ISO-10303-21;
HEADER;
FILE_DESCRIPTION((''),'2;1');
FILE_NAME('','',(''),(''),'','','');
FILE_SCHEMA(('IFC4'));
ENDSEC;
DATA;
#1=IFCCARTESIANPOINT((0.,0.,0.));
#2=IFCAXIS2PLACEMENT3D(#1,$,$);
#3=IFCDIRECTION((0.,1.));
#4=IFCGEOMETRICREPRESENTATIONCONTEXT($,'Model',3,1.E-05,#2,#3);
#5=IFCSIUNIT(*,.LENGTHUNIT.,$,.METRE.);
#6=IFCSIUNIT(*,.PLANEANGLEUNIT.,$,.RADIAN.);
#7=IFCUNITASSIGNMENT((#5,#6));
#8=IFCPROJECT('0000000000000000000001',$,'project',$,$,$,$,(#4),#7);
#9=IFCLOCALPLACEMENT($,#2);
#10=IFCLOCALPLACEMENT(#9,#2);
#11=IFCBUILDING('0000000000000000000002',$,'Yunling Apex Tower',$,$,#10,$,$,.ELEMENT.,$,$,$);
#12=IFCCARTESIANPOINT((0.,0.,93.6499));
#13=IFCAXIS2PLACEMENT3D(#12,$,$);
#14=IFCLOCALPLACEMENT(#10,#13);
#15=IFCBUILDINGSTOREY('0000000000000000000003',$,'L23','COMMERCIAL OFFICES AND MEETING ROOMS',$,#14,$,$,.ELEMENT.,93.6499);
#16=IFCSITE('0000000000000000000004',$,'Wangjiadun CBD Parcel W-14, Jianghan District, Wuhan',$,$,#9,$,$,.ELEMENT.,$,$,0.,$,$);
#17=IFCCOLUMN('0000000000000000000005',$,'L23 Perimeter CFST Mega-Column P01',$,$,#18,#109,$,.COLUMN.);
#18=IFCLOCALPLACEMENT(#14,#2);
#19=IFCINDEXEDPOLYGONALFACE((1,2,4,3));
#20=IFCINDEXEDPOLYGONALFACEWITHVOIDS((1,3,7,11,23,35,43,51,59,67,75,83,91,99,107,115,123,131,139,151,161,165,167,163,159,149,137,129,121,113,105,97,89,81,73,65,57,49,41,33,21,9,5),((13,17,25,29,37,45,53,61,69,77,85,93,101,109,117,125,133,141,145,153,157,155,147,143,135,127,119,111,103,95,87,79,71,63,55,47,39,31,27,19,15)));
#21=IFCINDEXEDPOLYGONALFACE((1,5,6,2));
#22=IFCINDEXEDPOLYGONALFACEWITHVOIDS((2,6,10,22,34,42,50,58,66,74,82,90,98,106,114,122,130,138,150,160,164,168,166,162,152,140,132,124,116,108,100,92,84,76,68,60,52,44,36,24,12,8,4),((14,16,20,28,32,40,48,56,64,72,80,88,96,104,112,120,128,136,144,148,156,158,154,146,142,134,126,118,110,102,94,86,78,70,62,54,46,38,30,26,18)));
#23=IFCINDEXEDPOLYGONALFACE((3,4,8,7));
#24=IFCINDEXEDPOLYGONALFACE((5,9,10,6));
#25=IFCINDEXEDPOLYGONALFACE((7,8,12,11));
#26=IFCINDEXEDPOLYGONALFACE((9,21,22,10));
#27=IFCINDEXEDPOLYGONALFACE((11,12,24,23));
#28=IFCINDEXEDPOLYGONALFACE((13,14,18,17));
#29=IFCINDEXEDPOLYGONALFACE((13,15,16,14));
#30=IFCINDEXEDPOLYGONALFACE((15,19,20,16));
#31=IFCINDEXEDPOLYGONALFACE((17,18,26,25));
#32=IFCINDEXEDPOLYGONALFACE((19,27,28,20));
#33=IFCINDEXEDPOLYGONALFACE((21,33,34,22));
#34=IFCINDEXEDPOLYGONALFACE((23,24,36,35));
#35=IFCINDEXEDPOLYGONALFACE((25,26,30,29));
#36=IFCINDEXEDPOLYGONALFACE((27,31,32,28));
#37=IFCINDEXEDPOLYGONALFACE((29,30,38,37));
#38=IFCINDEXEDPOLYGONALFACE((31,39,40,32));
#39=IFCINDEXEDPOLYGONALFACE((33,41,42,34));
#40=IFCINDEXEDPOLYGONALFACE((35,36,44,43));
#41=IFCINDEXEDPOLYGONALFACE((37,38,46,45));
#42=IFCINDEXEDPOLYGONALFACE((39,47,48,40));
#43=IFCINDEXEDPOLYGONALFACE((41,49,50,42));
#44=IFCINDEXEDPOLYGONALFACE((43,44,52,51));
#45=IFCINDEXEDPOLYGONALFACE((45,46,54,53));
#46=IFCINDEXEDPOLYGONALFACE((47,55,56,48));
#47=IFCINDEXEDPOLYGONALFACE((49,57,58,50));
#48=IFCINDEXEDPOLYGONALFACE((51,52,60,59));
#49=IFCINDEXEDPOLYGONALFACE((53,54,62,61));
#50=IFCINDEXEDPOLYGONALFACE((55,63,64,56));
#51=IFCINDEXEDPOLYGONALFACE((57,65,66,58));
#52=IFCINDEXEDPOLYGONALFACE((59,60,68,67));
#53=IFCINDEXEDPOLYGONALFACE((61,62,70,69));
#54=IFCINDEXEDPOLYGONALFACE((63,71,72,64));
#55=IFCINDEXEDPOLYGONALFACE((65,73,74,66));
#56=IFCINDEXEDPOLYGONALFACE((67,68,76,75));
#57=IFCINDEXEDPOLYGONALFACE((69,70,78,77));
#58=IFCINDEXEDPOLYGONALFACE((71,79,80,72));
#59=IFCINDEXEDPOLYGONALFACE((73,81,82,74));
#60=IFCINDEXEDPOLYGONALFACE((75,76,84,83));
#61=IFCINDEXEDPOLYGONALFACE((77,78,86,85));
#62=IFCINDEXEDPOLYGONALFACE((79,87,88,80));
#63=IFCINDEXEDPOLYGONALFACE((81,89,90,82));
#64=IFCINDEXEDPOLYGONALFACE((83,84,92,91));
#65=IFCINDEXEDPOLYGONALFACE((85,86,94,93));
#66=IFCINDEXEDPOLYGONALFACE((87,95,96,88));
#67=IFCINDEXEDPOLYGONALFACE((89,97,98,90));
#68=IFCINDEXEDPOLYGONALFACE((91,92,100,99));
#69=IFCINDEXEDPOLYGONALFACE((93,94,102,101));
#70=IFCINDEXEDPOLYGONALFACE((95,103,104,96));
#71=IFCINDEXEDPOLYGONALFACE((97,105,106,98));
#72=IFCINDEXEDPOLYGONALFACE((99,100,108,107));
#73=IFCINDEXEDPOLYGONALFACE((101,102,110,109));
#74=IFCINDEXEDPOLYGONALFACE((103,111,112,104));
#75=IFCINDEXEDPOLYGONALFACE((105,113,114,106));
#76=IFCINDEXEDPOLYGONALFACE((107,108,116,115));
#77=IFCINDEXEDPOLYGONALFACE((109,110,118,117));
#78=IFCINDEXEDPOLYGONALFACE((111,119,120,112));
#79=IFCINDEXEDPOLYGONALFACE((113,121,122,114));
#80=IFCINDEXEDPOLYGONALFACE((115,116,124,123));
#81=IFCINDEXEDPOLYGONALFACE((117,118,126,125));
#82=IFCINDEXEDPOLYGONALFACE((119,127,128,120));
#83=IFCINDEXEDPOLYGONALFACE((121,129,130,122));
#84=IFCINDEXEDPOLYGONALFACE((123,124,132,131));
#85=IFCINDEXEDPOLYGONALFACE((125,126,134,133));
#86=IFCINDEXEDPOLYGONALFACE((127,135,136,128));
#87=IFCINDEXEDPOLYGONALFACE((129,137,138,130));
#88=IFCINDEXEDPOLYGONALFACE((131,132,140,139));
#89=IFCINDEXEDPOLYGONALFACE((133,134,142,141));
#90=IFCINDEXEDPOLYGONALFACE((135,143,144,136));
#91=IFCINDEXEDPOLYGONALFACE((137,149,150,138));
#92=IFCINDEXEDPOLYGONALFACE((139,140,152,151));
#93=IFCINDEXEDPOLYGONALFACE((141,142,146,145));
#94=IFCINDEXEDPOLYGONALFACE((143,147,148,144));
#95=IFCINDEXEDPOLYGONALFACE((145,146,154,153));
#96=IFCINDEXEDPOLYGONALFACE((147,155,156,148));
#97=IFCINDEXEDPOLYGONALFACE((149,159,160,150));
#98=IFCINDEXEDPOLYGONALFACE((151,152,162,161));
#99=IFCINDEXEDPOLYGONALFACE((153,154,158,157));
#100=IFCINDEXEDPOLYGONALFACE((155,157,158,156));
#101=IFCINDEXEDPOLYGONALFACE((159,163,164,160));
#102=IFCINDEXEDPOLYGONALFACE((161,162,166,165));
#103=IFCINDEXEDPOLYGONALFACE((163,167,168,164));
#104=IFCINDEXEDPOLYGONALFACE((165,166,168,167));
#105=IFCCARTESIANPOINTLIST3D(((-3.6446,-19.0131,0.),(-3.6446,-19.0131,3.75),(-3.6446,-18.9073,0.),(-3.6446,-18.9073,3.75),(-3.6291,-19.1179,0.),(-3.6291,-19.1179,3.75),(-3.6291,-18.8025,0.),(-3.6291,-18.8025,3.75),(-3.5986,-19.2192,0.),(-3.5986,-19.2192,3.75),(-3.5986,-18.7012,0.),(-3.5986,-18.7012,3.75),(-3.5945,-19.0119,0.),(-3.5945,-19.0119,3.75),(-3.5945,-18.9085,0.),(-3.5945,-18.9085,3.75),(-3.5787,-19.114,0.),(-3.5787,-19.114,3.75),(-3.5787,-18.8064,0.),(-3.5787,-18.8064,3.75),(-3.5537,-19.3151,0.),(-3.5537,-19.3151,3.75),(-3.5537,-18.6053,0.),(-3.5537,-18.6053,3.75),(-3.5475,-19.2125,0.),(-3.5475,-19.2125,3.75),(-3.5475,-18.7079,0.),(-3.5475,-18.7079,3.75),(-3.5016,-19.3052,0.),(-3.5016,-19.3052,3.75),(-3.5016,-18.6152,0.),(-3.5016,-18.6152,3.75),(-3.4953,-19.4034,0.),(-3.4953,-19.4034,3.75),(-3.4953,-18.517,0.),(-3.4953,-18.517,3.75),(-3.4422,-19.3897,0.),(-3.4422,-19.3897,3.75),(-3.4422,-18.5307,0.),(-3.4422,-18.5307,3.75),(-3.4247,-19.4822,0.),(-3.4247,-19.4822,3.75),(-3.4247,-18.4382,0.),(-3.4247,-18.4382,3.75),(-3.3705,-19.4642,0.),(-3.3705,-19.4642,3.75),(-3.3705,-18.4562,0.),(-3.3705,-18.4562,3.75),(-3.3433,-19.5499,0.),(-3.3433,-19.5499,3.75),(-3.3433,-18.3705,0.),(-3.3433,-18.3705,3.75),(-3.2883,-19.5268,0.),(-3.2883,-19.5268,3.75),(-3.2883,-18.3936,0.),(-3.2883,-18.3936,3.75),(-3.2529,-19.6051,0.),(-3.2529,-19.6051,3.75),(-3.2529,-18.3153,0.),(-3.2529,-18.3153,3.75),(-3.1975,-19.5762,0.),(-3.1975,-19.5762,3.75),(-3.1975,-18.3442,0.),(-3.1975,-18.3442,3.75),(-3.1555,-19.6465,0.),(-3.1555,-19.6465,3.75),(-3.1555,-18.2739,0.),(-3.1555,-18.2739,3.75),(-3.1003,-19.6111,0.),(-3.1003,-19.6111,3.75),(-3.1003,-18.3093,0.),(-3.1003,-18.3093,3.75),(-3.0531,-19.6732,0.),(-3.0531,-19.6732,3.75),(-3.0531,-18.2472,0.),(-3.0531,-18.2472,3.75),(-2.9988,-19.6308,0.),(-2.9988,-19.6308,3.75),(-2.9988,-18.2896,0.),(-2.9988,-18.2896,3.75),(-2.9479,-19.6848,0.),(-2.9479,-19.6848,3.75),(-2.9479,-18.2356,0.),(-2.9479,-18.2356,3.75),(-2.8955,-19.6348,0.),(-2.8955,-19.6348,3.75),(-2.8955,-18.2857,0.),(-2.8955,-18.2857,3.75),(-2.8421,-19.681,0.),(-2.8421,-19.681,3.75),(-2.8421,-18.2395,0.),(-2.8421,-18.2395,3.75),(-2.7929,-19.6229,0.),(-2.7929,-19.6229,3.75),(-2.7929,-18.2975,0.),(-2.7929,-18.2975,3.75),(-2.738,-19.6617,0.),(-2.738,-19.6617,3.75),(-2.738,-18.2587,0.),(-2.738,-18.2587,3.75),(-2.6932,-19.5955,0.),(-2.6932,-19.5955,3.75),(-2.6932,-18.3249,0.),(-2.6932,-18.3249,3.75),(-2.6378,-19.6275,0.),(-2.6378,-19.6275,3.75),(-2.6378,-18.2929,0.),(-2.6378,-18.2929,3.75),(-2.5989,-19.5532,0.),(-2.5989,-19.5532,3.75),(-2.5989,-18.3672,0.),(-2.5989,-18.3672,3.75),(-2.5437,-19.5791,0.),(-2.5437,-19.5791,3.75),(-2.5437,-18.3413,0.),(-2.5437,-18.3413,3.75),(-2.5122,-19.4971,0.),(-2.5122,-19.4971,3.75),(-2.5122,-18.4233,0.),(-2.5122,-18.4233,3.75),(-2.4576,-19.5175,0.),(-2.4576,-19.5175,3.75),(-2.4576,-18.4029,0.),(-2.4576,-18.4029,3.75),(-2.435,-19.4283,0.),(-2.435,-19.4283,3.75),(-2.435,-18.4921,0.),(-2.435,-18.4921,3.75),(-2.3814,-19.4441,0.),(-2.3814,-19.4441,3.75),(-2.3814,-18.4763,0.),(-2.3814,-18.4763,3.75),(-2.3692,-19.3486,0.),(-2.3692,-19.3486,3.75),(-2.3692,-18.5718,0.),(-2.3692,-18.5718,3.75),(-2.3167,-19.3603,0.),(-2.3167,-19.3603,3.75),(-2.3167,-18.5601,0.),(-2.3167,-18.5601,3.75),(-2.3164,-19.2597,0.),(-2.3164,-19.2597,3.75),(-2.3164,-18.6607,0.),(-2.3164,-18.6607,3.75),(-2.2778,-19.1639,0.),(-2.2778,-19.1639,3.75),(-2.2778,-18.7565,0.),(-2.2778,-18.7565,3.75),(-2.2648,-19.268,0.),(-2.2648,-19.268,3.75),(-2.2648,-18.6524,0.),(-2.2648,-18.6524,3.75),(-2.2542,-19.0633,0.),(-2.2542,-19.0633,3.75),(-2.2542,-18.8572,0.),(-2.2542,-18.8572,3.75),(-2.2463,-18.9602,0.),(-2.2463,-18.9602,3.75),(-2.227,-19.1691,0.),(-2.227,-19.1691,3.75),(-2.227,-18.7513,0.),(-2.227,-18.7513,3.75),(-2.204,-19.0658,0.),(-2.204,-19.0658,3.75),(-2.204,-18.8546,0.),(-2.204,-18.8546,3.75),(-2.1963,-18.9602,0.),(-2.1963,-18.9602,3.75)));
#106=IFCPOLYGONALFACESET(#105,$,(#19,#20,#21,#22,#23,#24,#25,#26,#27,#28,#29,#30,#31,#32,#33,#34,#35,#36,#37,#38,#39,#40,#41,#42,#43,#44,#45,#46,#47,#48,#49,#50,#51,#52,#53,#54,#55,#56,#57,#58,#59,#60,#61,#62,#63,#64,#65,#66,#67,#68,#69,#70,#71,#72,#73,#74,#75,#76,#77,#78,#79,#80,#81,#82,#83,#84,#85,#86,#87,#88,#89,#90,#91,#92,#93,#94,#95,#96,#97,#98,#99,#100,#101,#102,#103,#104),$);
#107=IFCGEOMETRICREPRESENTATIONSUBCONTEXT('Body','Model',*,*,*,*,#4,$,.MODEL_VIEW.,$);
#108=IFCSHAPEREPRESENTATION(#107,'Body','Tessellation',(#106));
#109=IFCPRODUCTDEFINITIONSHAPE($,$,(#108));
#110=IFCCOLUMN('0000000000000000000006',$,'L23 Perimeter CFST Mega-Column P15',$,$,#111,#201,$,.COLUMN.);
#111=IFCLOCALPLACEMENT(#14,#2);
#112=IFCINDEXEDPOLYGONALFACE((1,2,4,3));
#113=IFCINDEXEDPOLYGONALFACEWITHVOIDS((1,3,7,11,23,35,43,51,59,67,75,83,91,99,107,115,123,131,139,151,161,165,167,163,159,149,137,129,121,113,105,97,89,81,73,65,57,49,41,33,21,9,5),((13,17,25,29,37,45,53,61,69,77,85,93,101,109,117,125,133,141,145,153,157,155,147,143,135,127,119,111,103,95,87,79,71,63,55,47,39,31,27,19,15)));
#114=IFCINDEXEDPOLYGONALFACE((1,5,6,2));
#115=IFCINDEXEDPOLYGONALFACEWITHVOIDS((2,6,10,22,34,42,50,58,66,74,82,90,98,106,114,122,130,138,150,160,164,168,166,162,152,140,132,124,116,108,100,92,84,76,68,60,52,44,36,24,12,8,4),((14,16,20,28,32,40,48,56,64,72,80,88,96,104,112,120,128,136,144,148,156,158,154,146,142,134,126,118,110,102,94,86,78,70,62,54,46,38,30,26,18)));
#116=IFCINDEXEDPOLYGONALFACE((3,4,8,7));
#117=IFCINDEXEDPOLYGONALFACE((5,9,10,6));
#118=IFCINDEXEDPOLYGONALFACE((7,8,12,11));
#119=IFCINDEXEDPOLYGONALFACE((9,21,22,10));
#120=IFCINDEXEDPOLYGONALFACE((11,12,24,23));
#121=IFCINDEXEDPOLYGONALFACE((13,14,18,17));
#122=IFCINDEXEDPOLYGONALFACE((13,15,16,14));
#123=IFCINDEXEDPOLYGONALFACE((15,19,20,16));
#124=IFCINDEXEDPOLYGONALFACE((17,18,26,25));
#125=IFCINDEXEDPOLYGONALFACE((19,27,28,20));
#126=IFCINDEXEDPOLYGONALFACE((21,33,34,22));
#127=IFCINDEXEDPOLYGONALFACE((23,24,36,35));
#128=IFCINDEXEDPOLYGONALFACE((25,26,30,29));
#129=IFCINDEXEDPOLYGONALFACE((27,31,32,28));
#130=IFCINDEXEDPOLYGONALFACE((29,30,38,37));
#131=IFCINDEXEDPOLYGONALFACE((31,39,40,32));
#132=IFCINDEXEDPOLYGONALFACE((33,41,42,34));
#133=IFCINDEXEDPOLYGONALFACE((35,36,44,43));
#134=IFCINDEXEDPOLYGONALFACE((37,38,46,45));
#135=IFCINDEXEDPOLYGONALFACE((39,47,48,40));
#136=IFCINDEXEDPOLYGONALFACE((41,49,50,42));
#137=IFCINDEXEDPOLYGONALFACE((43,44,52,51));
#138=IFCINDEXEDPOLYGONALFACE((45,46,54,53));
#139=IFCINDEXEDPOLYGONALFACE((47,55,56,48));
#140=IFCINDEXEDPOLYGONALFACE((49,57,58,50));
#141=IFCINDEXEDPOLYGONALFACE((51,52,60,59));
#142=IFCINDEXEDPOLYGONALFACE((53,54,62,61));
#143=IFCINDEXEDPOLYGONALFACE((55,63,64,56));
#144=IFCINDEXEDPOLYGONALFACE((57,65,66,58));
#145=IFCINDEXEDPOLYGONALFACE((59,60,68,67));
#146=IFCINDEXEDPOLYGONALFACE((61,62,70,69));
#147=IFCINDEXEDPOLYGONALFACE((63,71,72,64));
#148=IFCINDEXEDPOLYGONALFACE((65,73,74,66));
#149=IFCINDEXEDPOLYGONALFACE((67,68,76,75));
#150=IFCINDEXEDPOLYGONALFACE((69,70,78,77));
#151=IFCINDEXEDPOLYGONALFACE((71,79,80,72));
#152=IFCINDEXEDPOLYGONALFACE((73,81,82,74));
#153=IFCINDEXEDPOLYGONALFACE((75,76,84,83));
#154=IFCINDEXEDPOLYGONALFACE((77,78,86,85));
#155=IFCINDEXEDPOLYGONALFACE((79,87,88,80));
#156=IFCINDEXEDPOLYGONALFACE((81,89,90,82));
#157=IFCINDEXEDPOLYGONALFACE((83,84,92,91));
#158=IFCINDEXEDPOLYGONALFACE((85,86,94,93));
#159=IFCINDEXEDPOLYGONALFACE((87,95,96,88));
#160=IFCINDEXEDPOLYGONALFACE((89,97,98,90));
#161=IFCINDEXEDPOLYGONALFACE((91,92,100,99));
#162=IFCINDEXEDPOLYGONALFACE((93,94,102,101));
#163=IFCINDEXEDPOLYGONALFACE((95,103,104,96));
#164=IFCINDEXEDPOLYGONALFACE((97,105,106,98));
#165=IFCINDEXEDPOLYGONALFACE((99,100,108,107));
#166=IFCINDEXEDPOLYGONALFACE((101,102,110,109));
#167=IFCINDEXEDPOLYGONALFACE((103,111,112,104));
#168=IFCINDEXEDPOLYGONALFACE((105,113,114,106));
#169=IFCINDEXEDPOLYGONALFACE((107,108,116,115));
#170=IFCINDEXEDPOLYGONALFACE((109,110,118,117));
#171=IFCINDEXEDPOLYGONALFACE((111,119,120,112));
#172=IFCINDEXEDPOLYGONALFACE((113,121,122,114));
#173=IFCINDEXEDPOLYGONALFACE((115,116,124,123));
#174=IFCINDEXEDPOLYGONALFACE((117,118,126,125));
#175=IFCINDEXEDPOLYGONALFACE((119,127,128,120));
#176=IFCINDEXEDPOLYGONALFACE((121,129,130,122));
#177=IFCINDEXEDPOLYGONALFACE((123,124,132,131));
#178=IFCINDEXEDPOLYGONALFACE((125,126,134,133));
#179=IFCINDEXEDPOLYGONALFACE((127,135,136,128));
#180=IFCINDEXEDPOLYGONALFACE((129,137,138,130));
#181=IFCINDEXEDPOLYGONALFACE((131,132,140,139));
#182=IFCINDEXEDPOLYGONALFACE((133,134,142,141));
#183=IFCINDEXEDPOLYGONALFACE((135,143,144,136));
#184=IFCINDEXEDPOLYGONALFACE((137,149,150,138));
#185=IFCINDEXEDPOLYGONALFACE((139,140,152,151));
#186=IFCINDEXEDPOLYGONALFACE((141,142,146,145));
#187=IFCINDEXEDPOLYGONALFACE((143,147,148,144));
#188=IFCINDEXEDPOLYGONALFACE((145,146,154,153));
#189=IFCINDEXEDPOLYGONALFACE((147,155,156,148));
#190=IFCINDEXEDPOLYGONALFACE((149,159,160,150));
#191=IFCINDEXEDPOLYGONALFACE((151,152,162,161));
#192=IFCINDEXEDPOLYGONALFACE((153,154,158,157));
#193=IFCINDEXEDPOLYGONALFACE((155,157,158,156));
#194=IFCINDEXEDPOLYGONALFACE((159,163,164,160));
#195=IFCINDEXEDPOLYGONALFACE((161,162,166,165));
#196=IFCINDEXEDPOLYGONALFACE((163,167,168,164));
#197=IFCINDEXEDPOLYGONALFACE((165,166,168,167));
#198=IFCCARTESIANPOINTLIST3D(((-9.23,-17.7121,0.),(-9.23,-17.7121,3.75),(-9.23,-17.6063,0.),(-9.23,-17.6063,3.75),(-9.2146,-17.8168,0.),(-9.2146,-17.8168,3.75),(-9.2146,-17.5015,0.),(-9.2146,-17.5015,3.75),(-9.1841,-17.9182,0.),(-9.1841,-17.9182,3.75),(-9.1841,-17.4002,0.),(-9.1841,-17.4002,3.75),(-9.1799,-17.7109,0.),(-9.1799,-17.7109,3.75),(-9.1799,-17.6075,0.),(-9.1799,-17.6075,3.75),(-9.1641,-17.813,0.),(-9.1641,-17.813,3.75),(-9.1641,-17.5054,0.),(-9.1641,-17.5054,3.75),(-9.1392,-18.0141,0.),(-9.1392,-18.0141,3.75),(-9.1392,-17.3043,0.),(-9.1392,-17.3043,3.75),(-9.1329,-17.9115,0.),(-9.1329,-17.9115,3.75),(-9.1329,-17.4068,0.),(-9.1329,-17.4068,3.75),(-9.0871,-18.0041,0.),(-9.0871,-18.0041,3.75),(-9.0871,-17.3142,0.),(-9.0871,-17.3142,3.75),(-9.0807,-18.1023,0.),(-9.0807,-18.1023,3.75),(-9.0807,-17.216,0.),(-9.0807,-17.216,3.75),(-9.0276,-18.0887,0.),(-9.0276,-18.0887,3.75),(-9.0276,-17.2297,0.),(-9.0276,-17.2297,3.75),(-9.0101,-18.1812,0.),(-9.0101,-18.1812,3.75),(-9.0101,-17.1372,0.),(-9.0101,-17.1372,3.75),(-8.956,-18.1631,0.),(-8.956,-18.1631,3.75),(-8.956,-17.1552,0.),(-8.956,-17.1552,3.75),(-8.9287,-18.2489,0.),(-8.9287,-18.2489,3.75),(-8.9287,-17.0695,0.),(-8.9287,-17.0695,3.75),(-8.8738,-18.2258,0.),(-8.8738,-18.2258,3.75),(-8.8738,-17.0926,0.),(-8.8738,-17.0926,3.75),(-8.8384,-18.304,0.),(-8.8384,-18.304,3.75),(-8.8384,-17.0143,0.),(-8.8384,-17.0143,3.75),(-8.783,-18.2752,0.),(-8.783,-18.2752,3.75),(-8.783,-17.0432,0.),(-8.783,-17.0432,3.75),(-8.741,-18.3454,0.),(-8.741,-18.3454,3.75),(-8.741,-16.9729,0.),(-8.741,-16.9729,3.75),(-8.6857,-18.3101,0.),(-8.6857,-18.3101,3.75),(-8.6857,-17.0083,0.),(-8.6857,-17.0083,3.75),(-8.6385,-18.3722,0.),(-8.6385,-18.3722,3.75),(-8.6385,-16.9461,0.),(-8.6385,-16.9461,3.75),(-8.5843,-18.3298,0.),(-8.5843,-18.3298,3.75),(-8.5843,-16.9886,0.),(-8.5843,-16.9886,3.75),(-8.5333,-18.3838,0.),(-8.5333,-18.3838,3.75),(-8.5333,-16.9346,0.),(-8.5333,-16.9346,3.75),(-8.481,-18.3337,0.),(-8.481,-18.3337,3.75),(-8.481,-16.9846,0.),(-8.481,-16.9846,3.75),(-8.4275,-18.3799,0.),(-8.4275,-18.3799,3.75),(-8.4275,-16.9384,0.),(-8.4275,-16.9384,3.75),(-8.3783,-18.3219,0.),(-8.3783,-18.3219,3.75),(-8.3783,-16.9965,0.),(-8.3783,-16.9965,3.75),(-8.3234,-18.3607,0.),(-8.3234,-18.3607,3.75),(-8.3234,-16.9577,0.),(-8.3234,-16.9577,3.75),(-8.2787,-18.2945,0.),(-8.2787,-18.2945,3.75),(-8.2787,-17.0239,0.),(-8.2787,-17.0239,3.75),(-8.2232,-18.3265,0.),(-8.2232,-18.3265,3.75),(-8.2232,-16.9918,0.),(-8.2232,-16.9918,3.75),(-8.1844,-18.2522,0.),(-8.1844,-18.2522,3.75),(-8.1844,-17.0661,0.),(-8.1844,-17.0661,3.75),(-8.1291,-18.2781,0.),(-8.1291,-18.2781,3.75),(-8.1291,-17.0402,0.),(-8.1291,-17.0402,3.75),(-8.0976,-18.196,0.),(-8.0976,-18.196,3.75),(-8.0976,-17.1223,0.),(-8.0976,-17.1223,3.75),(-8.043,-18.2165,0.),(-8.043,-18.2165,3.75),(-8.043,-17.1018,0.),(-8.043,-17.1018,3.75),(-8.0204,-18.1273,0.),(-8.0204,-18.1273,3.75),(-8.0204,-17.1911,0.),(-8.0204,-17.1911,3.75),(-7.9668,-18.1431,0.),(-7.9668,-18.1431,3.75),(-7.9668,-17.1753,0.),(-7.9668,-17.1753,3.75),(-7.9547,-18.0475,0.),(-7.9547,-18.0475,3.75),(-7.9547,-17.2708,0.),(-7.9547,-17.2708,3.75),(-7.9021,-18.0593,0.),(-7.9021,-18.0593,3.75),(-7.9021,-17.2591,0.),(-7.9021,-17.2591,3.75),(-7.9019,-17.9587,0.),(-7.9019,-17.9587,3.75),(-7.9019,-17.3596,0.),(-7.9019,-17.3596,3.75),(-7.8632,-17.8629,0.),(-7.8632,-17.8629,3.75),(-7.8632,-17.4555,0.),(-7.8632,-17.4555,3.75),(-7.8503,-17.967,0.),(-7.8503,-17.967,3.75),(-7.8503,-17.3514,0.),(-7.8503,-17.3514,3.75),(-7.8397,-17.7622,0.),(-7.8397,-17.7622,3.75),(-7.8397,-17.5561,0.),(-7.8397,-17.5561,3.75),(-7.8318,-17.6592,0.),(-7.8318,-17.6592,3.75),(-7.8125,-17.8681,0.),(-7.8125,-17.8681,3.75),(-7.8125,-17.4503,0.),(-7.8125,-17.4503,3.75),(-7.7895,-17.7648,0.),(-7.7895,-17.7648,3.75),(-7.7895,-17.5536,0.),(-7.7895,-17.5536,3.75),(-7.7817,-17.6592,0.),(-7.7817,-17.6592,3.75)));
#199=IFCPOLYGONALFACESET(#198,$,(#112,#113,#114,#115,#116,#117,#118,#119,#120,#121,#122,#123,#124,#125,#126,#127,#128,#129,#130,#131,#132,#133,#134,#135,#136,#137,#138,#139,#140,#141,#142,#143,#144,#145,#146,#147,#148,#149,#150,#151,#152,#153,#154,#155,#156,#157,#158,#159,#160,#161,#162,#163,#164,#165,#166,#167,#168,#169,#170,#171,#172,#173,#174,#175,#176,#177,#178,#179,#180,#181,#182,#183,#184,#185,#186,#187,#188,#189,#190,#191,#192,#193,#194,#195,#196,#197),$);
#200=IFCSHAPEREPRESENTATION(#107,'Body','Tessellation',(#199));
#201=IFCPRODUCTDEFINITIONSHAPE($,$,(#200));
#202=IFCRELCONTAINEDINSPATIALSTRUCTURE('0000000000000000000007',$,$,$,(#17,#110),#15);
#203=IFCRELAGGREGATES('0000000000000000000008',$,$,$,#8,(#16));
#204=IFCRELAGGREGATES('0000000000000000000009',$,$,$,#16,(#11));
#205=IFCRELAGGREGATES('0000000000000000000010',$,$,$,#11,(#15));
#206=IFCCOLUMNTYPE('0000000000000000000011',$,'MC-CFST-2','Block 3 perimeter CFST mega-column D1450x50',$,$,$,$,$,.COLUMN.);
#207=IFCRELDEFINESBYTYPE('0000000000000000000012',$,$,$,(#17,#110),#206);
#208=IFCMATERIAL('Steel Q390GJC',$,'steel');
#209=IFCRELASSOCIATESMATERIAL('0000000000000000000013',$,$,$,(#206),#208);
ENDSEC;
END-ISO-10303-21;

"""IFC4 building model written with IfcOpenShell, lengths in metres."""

from ifc_helpers import new_model, si_unit, direction, frame, origin, origin_2d, place, context, subcontext, project, spatial, hollow_circle, extrude, source, transform, mapped, material, material_profile, profile_set, type_object, element, save


model = new_model("IFC4")

# Units and contexts
model_context = context("Model", 3, precision=1e-05, world=origin(), true_north=direction((0.0, 1.0)))
body_context = subcontext(model_context, "Body", "Model", "MODEL_VIEW")
ifc_project = project(units=[si_unit("LENGTHUNIT", "METRE"), si_unit("PLANEANGLEUNIT", "RADIAN")], contexts=[model_context])

# Site, building, storey
site_placement = place(None, origin())
site = spatial("IfcSite", under=ifc_project, at=site_placement, Name="Wangjiadun CBD Parcel W-14, Jianghan District, Wuhan", CompositionType="ELEMENT", RefElevation=0.0)
building_placement = place(site_placement, origin())
building = spatial("IfcBuilding", under=site, at=building_placement, Name="Yunling Apex Tower", CompositionType="ELEMENT")
storey_placement = place(building_placement, frame((0.0, 0.0, 93.6499)))
storey = spatial("IfcBuildingStorey", under=building, at=storey_placement, Name="L23", Description="COMMERCIAL OFFICES AND MEETING ROOMS", CompositionType="ELEMENT", Elevation=93.6499)

# Columns
ifc_material_1 = material(Name="Steel Q390GJC", Category="steel")
ifc_material_profile_1 = material_profile(ifc_material_1, hollow_circle(Radius=0.7251, WallThickness=0.05, at=origin_2d()))
ifc_profile_set_1 = profile_set([ifc_material_profile_1], Name="Steel Q390GJC")
column_type = type_object("IfcColumnType", Name="MC-CFST-2", Description="Block 3 perimeter CFST mega-column D1450x50", PredefinedType="COLUMN", material=ifc_profile_set_1)
shared_shape_1 = source(origin(), body_context, "Body", "SweptSolid", [
    extrude(hollow_circle(Radius=0.7251, WallThickness=0.05, at=origin_2d()), origin(), (0.0, 0.0, 1.0), 3.75),
])
for number, where, z_axis, x_axis, name in (
    (1, (-2.9214, -18.9602, 0.0), (0.0, 0.0, 1.0), (1.0, 0.0, 0.0), "L23 Perimeter CFST Mega-Column P01"),
    (2, (-8.5068, -17.6592, 0.0), (0.0, 0.0, 1.0), (1.0, 0.0, 0.0), "L23 Perimeter CFST Mega-Column P15"),
):
    element("IfcColumn", number, at=place(storey_placement, frame(where, z_axis=z_axis, x_axis=x_axis)), inside=storey, type_object=column_type, Name=name, PredefinedType="COLUMN", context=body_context, shape_type="MappedRepresentation", body=[
        mapped(shared_shape_1, transform((0.0, 0.0, 0.0), scale=1.0)),
    ])

save(model, "model.ifc")
